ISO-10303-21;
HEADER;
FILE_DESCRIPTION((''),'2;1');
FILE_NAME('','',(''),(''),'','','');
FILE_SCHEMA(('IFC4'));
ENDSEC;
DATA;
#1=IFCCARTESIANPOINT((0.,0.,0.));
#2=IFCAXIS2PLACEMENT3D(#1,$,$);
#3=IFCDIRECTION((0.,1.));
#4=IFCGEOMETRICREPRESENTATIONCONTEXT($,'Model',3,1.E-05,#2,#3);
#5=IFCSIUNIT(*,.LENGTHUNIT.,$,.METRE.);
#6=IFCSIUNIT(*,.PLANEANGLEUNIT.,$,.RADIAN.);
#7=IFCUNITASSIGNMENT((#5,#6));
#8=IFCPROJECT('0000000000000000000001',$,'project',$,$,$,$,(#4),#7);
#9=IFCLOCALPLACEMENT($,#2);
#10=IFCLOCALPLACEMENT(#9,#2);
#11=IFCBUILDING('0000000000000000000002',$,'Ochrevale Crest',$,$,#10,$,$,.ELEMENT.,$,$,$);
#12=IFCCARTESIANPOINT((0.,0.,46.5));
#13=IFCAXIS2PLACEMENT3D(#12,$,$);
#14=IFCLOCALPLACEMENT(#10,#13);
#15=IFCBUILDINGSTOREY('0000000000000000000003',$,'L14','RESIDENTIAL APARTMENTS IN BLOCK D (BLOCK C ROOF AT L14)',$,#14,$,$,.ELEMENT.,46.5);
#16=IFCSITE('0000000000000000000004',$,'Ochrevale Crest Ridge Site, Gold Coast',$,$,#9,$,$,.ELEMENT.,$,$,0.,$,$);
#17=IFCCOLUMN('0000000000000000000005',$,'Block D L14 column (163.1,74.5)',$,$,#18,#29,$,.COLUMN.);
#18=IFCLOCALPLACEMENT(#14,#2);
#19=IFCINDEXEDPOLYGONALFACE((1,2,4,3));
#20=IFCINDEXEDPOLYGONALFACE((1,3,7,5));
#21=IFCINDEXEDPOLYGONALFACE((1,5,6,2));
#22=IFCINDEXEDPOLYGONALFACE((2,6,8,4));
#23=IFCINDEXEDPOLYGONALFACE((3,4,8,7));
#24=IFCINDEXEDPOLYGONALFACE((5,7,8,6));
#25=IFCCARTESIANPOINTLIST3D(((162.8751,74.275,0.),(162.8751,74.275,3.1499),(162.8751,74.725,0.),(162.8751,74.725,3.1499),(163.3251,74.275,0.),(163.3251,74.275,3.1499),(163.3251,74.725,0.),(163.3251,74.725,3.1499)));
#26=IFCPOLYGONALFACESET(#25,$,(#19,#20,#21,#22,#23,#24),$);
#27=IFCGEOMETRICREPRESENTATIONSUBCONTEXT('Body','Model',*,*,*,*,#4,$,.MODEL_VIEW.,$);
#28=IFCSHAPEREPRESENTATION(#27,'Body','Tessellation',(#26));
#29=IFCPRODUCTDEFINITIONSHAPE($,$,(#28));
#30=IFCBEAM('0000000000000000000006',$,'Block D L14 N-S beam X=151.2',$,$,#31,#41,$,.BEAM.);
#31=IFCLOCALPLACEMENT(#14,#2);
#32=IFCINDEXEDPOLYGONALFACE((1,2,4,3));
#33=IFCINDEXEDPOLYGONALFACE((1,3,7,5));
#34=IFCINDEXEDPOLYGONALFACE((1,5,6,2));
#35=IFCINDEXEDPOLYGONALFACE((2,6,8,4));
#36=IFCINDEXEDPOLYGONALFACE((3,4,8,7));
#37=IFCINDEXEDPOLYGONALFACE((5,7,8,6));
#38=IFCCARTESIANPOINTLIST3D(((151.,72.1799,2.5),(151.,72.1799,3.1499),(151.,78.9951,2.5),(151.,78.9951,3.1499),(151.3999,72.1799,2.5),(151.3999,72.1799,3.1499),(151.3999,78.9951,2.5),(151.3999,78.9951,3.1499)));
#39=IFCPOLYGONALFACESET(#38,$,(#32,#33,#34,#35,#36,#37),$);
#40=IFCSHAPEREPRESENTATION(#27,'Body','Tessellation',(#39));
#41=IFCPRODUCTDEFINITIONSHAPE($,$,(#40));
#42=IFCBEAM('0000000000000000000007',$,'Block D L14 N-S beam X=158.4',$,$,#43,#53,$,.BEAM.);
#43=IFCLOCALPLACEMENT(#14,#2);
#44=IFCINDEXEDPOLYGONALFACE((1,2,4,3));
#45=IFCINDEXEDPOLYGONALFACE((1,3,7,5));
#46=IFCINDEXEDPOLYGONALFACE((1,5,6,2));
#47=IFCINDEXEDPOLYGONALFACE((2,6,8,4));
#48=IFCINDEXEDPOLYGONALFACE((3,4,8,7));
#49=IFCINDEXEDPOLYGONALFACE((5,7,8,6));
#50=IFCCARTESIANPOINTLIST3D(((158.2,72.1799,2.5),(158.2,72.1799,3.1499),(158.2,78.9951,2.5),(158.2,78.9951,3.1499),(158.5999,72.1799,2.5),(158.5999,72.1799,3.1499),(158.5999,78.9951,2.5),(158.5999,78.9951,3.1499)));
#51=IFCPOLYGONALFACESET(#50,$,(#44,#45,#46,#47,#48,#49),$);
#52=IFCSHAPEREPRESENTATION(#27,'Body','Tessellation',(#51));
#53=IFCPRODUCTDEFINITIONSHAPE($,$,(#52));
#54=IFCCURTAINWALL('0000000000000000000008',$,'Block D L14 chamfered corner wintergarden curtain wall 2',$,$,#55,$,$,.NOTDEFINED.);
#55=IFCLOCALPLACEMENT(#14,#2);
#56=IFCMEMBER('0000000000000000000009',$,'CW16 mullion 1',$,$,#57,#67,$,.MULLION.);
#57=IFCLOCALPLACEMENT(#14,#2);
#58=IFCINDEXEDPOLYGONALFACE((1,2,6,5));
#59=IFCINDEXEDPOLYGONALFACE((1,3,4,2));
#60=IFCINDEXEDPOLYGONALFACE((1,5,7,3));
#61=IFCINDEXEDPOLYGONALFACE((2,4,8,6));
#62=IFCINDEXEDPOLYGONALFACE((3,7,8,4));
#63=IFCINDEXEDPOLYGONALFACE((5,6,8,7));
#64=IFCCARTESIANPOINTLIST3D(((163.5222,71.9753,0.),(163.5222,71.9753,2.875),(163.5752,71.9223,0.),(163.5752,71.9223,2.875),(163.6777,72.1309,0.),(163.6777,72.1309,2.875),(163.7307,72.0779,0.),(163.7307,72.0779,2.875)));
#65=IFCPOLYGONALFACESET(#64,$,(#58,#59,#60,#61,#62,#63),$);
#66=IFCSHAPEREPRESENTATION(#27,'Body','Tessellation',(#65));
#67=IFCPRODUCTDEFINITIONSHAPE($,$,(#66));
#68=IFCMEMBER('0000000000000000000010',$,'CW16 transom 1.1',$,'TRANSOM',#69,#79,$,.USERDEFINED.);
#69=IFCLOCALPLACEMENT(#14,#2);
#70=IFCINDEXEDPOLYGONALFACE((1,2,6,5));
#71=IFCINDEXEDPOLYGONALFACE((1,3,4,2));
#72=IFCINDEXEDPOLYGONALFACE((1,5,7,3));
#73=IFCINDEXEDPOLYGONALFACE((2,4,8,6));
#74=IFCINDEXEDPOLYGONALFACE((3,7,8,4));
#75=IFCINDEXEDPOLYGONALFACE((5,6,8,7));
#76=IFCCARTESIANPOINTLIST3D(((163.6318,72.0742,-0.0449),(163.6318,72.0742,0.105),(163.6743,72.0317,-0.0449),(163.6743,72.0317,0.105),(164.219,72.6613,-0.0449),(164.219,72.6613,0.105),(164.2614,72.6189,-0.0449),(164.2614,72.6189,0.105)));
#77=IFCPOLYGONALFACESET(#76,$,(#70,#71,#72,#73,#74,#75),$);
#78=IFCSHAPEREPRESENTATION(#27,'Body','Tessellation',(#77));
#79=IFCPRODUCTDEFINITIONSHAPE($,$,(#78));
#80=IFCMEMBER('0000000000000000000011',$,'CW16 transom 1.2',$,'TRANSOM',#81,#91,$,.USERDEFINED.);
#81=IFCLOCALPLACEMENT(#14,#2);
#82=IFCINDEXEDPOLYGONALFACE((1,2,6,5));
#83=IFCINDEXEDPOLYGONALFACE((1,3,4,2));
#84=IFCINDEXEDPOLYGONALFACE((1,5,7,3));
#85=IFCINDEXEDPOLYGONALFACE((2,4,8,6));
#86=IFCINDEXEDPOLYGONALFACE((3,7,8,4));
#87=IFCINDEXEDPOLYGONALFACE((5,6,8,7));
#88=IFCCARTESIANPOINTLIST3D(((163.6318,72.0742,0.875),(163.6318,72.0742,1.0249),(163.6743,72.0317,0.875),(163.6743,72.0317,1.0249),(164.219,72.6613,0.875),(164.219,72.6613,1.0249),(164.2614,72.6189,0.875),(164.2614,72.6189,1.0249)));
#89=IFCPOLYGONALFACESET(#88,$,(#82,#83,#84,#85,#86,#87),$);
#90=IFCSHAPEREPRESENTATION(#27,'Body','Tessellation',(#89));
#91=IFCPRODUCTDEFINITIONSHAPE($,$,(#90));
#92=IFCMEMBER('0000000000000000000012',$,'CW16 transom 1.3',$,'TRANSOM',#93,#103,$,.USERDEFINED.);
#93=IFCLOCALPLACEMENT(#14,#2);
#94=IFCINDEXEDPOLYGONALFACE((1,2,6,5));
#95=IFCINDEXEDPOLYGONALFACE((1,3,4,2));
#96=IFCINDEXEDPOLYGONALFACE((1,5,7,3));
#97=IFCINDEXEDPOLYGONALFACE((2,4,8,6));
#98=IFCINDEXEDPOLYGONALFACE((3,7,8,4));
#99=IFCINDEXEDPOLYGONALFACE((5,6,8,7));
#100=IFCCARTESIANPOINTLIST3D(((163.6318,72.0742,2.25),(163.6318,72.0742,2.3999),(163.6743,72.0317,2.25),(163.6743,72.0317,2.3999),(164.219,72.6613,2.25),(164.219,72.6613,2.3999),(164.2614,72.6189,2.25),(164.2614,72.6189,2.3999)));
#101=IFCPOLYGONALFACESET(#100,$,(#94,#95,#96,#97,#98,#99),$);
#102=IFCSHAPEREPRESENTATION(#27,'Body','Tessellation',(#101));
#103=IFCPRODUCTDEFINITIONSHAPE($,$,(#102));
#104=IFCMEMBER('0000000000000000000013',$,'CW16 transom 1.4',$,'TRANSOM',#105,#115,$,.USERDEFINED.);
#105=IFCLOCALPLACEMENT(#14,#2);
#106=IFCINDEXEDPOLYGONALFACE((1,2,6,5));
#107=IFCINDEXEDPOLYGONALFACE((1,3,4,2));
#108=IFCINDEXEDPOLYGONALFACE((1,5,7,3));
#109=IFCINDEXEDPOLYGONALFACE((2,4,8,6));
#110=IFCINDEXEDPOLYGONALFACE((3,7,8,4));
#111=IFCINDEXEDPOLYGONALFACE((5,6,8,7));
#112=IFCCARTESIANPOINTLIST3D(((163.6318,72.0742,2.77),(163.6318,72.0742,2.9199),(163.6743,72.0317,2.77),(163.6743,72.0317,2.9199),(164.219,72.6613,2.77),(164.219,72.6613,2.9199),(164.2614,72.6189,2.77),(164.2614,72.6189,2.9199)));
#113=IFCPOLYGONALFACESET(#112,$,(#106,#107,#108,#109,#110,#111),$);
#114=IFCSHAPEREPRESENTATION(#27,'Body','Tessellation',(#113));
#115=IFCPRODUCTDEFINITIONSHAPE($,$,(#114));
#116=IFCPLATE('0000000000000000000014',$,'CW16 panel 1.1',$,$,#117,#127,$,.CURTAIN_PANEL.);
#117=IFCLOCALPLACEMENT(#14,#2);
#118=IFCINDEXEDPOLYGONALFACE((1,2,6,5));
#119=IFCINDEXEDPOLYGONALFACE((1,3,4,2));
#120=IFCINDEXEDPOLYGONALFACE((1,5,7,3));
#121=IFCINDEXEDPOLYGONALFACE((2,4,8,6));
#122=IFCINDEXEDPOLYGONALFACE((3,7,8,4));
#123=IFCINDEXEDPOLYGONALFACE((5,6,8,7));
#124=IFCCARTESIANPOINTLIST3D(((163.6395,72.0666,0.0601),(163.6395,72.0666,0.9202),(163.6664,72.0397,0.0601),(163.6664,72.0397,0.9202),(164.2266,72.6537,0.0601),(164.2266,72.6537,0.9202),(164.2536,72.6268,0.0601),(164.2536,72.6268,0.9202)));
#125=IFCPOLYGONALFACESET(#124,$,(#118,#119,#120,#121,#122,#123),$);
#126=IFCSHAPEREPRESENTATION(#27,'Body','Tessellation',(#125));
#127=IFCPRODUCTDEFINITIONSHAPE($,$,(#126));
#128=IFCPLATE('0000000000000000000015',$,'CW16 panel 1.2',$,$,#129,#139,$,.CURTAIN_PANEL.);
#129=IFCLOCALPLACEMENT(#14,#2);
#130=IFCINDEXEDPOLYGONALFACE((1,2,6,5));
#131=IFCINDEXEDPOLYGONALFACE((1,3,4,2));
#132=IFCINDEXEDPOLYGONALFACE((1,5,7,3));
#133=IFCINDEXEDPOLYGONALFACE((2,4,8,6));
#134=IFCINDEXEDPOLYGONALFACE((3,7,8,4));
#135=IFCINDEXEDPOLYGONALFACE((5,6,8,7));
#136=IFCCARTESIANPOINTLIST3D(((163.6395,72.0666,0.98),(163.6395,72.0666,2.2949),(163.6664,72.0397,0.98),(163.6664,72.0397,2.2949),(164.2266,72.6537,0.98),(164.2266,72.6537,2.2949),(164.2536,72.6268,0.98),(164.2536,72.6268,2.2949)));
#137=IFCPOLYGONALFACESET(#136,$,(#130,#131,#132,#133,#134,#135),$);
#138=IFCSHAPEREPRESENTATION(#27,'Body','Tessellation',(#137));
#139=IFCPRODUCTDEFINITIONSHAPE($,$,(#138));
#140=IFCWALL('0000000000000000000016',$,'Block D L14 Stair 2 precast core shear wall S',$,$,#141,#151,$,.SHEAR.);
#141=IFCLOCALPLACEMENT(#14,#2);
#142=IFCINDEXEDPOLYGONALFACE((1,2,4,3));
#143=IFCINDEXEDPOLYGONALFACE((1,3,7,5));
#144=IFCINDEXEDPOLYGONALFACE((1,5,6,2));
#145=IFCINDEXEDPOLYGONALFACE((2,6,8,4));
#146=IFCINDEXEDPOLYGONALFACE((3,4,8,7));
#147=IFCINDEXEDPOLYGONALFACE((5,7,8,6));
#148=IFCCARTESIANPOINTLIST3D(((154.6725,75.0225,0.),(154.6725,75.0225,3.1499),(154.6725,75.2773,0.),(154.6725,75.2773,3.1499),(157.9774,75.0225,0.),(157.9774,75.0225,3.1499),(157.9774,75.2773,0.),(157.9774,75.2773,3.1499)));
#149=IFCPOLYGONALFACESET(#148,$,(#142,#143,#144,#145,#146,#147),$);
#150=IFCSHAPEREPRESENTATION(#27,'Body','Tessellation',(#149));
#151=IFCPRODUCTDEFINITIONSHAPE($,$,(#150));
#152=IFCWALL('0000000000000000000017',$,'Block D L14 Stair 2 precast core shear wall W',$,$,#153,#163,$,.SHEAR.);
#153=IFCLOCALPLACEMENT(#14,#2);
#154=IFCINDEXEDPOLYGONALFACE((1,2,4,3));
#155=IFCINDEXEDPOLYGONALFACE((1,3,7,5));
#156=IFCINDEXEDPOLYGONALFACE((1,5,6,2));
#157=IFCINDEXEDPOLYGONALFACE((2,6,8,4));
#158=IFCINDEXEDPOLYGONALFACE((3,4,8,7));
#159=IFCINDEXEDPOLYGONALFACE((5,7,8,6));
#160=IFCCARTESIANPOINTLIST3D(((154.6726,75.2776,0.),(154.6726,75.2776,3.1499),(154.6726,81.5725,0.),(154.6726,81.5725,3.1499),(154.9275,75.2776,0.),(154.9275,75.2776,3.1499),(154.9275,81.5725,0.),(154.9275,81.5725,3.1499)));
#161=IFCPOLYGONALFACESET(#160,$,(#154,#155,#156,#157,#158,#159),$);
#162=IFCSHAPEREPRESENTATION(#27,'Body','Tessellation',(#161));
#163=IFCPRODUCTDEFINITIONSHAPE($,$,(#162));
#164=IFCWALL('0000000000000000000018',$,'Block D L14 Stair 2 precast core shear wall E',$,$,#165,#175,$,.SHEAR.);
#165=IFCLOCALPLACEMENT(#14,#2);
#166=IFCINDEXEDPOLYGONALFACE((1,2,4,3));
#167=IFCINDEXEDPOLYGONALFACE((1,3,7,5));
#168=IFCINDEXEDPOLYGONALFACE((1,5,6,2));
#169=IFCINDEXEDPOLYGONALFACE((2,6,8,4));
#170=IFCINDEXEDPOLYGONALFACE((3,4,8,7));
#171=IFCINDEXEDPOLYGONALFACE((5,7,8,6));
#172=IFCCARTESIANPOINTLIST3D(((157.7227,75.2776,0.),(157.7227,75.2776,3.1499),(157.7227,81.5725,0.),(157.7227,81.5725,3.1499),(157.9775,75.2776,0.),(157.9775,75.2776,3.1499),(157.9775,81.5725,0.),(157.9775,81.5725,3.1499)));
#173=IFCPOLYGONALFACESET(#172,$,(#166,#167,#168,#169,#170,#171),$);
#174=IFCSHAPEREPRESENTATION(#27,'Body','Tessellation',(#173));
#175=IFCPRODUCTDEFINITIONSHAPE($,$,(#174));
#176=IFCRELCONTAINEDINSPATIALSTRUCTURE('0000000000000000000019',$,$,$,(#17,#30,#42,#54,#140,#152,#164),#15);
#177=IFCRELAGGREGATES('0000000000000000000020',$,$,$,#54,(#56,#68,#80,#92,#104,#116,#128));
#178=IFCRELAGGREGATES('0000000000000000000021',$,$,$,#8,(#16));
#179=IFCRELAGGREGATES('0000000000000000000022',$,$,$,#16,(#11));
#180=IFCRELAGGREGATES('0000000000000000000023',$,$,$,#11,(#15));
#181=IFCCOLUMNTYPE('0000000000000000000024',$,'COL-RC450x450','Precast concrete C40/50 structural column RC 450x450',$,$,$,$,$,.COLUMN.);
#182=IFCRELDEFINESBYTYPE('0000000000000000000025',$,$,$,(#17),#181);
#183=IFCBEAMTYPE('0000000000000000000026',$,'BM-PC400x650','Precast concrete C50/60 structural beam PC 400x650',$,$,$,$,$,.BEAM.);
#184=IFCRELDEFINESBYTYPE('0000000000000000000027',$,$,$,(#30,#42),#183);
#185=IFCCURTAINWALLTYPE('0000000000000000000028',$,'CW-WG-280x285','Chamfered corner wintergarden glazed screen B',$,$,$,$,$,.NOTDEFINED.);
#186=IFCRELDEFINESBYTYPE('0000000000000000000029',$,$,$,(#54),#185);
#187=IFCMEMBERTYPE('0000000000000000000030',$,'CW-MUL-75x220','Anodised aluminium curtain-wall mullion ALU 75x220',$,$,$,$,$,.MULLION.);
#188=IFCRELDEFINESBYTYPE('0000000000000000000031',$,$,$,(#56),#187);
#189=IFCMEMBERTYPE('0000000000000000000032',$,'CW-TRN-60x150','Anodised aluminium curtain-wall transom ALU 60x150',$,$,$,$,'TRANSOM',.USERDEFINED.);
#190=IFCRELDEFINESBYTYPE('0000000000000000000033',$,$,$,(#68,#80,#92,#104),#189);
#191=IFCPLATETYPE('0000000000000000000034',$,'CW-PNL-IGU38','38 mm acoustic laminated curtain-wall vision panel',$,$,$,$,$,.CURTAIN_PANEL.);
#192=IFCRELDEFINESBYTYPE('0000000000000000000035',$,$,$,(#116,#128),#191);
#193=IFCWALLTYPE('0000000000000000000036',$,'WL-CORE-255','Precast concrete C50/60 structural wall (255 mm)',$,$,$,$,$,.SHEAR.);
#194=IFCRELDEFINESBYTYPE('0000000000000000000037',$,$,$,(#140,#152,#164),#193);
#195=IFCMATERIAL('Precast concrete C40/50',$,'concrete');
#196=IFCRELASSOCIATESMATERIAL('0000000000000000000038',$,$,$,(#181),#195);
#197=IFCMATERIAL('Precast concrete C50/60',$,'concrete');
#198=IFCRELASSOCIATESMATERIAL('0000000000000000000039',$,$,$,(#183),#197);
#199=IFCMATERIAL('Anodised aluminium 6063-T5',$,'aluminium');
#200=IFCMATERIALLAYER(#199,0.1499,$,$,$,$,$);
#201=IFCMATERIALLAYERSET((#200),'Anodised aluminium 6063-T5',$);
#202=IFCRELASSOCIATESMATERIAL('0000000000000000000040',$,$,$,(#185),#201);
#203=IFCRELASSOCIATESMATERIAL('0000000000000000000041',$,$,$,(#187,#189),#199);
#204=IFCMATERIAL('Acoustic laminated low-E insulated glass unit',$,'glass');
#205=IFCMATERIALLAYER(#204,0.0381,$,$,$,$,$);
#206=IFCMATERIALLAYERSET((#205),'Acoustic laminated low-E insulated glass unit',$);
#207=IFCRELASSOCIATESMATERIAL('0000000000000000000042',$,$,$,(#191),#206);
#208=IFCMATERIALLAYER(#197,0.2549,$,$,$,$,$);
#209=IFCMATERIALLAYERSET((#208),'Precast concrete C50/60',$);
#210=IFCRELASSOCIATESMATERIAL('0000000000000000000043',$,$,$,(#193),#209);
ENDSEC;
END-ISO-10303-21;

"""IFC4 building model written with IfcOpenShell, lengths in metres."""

from ifc_helpers import new_model, si_unit, direction, frame, frame_2d, origin, origin_2d, place, context, subcontext, project, spatial, rectangle, extrude, material, layer, layer_set, material_profile, profile_set, type_object, element, aggregate, save


model = new_model("IFC4")

# Units and contexts
model_context = context("Model", 3, precision=1e-05, world=origin(), true_north=direction((0.0, 1.0)))
body_context = subcontext(model_context, "Body", "Model", "MODEL_VIEW")
ifc_project = project(units=[si_unit("LENGTHUNIT", "METRE"), si_unit("PLANEANGLEUNIT", "RADIAN")], contexts=[model_context])

# Site, building, storey
site_placement = place(None, origin())
site = spatial("IfcSite", under=ifc_project, at=site_placement, Name="Ochrevale Crest Ridge Site, Gold Coast", CompositionType="ELEMENT", RefElevation=0.0)
building_placement = place(site_placement, origin())
building = spatial("IfcBuilding", under=site, at=building_placement, Name="Ochrevale Crest", CompositionType="ELEMENT")
storey_placement = place(building_placement, frame((0.0, 0.0, 46.5)))
storey = spatial("IfcBuildingStorey", under=building, at=storey_placement, Name="L14", Description="RESIDENTIAL APARTMENTS IN BLOCK D (BLOCK C ROOF AT L14)", CompositionType="ELEMENT", Elevation=46.5)

# Column
ifc_material_1 = material(Name="Precast concrete C40/50", Category="concrete")
ifc_material_profile_1 = material_profile(ifc_material_1, rectangle(XDim=0.45, YDim=0.45, at=origin_2d()), Name="RC 450x450")
ifc_profile_set_1 = profile_set([ifc_material_profile_1], Name="Precast concrete C40/50")
column_type = type_object("IfcColumnType", Name="COL-RC450x450", Description="Precast concrete C40/50 structural column RC 450x450", PredefinedType="COLUMN", material=ifc_profile_set_1)
column_placement = place(storey_placement, frame((163.1001, 74.5, 0.0), z_axis=(0.0, 0.0, 1.0), x_axis=(1.0, 0.0, 0.0)))
element("IfcColumn", 1, at=column_placement, inside=storey, type_object=column_type, Name="Block D L14 column (163.1,74.5)", PredefinedType="COLUMN", context=body_context, shape_type="SweptSolid", body=[
    extrude(rectangle(XDim=0.45, YDim=0.45, at=origin_2d()), origin(), (0.0, 0.0, 1.0), 3.1499),
])

# Beams
ifc_material_2 = material(Name="Precast concrete C50/60", Category="concrete")
ifc_material_profile_2 = material_profile(ifc_material_2, rectangle(XDim=0.3999, YDim=0.6499, at=origin_2d()), Name="PC 400x650")
ifc_profile_set_2 = profile_set([ifc_material_profile_2], Name="Precast concrete C50/60")
beam_type = type_object("IfcBeamType", Name="BM-PC400x650", Description="Precast concrete C50/60 structural beam PC 400x650", PredefinedType="BEAM", material=ifc_profile_set_2)
for number, where, z_axis, x_axis, name in (
    (2, (151.2, 72.1799, 2.825), (0.0, 1.0, 0.0), (-1.0, 0.0, 0.0), "Block D L14 N-S beam X=151.2"),
    (3, (158.3999, 72.1799, 2.825), (0.0, 1.0, 0.0), (-1.0, 0.0, 0.0), "Block D L14 N-S beam X=158.4"),
):
    element("IfcBeam", number, at=place(storey_placement, frame(where, z_axis=z_axis, x_axis=x_axis)), inside=storey, type_object=beam_type, Name=name, PredefinedType="BEAM", context=body_context, shape_type="SweptSolid", body=[
        extrude(rectangle(XDim=0.3999, YDim=0.6499, at=origin_2d()), origin(), (0.0, 0.0, 1.0), 6.8152),
    ])

# Curtain wall, members, plates
ifc_material_3 = material(Name="Anodised aluminium 6063-T5", Category="aluminium")
ifc_layer_1 = layer(ifc_material_3, 0.1499)
ifc_layer_set_1 = layer_set([ifc_layer_1], Name="Anodised aluminium 6063-T5")
curtain_wall_type = type_object("IfcCurtainWallType", Name="CW-WG-280x285", Description="Chamfered corner wintergarden glazed screen B", PredefinedType="NOTDEFINED", material=ifc_layer_set_1)
curtain_wall_placement = place(storey_placement, origin())
curtain_wall = element("IfcCurtainWall", 4, at=curtain_wall_placement, inside=storey, type_object=curtain_wall_type, Name="Block D L14 chamfered corner wintergarden curtain wall 2", PredefinedType="NOTDEFINED")
ifc_material_profile_3 = material_profile(ifc_material_3, rectangle(XDim=0.075, YDim=0.22, at=origin_2d()), Name="ALU 75x220")
ifc_profile_set_3 = profile_set([ifc_material_profile_3], Name="Anodised aluminium 6063-T5")
member_type_1 = type_object("IfcMemberType", Name="CW-MUL-75x220", Description="Anodised aluminium curtain-wall mullion ALU 75x220", PredefinedType="MULLION", material=ifc_profile_set_3)
member_1_placement = place(storey_placement, frame((163.6265, 72.0266, 0.0), z_axis=(0.0, 0.0, 1.0), x_axis=(-0.707107, 0.707107, 0.0)))
member_1 = element("IfcMember", 5, at=member_1_placement, type_object=member_type_1, Name="CW16 mullion 1", PredefinedType="MULLION", context=body_context, shape_type="SweptSolid", body=[
    extrude(rectangle(XDim=0.075, YDim=0.22, at=origin_2d()), origin(), (0.0, 0.0, 1.0), 2.875),
])
ifc_material_profile_4 = material_profile(ifc_material_3, rectangle(XDim=0.0601, YDim=0.1499, at=origin_2d()), Name="ALU 60x150")
ifc_profile_set_4 = profile_set([ifc_material_profile_4], Name="Anodised aluminium 6063-T5")
member_type_2 = type_object("IfcMemberType", Name="CW-TRN-60x150", Description="Anodised aluminium curtain-wall transom ALU 60x150", ElementType="TRANSOM", PredefinedType="USERDEFINED", material=ifc_profile_set_4)
member_2_placement = place(storey_placement, frame((163.6531, 72.053, 0.03), z_axis=(0.707107, 0.707107, 0.0), x_axis=(-0.707107, 0.707107, 0.0)))
member_2 = element("IfcMember", 6, at=member_2_placement, type_object=member_type_2, Name="CW16 transom 1.1", ObjectType="TRANSOM", PredefinedType="USERDEFINED", context=body_context, shape_type="SweptSolid", body=[
    extrude(rectangle(XDim=0.0601, YDim=0.1499, at=origin_2d()), origin(), (0.0, 0.0, 1.0), 0.8303),
])
member_3_placement = place(storey_placement, frame((163.6531, 72.053, 0.95), z_axis=(0.707107, 0.707107, 0.0), x_axis=(-0.707107, 0.707107, 0.0)))
member_3 = element("IfcMember", 7, at=member_3_placement, type_object=member_type_2, Name="CW16 transom 1.2", ObjectType="TRANSOM", PredefinedType="USERDEFINED", context=body_context, shape_type="SweptSolid", body=[
    extrude(rectangle(XDim=0.0601, YDim=0.1499, at=origin_2d()), origin(), (0.0, 0.0, 1.0), 0.8303),
])
member_4_placement = place(storey_placement, frame((163.6531, 72.053, 2.325), z_axis=(0.707107, 0.707107, 0.0), x_axis=(-0.707107, 0.707107, 0.0)))
member_4 = element("IfcMember", 8, at=member_4_placement, type_object=member_type_2, Name="CW16 transom 1.3", ObjectType="TRANSOM", PredefinedType="USERDEFINED", context=body_context, shape_type="SweptSolid", body=[
    extrude(rectangle(XDim=0.0601, YDim=0.1499, at=origin_2d()), origin(), (0.0, 0.0, 1.0), 0.8303),
])
member_5_placement = place(storey_placement, frame((163.6531, 72.053, 2.845), z_axis=(0.707107, 0.707107, 0.0), x_axis=(-0.707107, 0.707107, 0.0)))
member_5 = element("IfcMember", 9, at=member_5_placement, type_object=member_type_2, Name="CW16 transom 1.4", ObjectType="TRANSOM", PredefinedType="USERDEFINED", context=body_context, shape_type="SweptSolid", body=[
    extrude(rectangle(XDim=0.0601, YDim=0.1499, at=origin_2d()), origin(), (0.0, 0.0, 1.0), 0.8303),
])
ifc_material_4 = material(Name="Acoustic laminated low-E insulated glass unit", Category="glass")
ifc_layer_2 = layer(ifc_material_4, 0.0381)
ifc_layer_set_2 = layer_set([ifc_layer_2], Name="Acoustic laminated low-E insulated glass unit")
plate_type = type_object("IfcPlateType", Name="CW-PNL-IGU38", Description="38 mm acoustic laminated curtain-wall vision panel", PredefinedType="CURTAIN_PANEL", material=ifc_layer_set_2)
plate_1_placement = place(storey_placement, frame((163.9465, 72.3467, 0.0601), z_axis=(0.0, 0.0, 1.0), x_axis=(0.707107, 0.707107, 0.0)))
plate_1 = element("IfcPlate", 10, at=plate_1_placement, type_object=plate_type, Name="CW16 panel 1.1", PredefinedType="CURTAIN_PANEL", context=body_context, shape_type="SweptSolid", body=[
    extrude(rectangle(XDim=0.8303, YDim=0.0381, at=origin_2d()), origin(), (0.0, 0.0, 1.0), 0.8601),
])
plate_2_placement = place(storey_placement, frame((163.9465, 72.3467, 0.98), z_axis=(0.0, 0.0, 1.0), x_axis=(0.707107, 0.707107, 0.0)))
plate_2 = element("IfcPlate", 11, at=plate_2_placement, type_object=plate_type, Name="CW16 panel 1.2", PredefinedType="CURTAIN_PANEL", context=body_context, shape_type="SweptSolid", body=[
    extrude(rectangle(XDim=0.8303, YDim=0.0381, at=origin_2d()), origin(), (0.0, 0.0, 1.0), 1.3149),
])
aggregate(curtain_wall, [member_1, member_2, member_3, member_4, member_5, plate_1, plate_2])

# Walls
ifc_layer_3 = layer(ifc_material_2, 0.2549)
ifc_layer_set_3 = layer_set([ifc_layer_3], Name="Precast concrete C50/60")
wall_type_1 = type_object("IfcWallType", Name="WL-CORE-255", Description="Precast concrete C50/60 structural wall (255 mm)", PredefinedType="SHEAR", material=ifc_layer_set_3)
wall_1_placement = place(storey_placement, frame((154.6726, 75.1499, 0.0), z_axis=(0.0, 0.0, 1.0), x_axis=(1.0, 0.0, 0.0)))
element("IfcWall", 12, at=wall_1_placement, inside=storey, type_object=wall_type_1, Name="Block D L14 Stair 2 precast core shear wall S", PredefinedType="SHEAR", context=body_context, shape_type="SweptSolid", body=[
    extrude(rectangle(XDim=3.3049, YDim=0.2549, at=frame_2d((1.6523, 0.0))), origin(), (0.0, 0.0, 1.0), 3.1499),
])
for number, where, z_axis, x_axis, name in (
    (13, (154.8, 75.2776, 0.0), (0.0, 0.0, 1.0), (0.0, 1.0, 0.0), "Block D L14 Stair 2 precast core shear wall W"),
    (14, (157.8501, 75.2776, 0.0), (0.0, 0.0, 1.0), (0.0, 1.0, 0.0), "Block D L14 Stair 2 precast core shear wall E"),
):
    element("IfcWall", number, at=place(storey_placement, frame(where, z_axis=z_axis, x_axis=x_axis)), inside=storey, type_object=wall_type_1, Name=name, PredefinedType="SHEAR", context=body_context, shape_type="SweptSolid", body=[
        extrude(rectangle(XDim=6.2949, YDim=0.2549, at=frame_2d((3.1475, 0.0))), origin(), (0.0, 0.0, 1.0), 3.1499),
    ])

save(model, "model.ifc")
